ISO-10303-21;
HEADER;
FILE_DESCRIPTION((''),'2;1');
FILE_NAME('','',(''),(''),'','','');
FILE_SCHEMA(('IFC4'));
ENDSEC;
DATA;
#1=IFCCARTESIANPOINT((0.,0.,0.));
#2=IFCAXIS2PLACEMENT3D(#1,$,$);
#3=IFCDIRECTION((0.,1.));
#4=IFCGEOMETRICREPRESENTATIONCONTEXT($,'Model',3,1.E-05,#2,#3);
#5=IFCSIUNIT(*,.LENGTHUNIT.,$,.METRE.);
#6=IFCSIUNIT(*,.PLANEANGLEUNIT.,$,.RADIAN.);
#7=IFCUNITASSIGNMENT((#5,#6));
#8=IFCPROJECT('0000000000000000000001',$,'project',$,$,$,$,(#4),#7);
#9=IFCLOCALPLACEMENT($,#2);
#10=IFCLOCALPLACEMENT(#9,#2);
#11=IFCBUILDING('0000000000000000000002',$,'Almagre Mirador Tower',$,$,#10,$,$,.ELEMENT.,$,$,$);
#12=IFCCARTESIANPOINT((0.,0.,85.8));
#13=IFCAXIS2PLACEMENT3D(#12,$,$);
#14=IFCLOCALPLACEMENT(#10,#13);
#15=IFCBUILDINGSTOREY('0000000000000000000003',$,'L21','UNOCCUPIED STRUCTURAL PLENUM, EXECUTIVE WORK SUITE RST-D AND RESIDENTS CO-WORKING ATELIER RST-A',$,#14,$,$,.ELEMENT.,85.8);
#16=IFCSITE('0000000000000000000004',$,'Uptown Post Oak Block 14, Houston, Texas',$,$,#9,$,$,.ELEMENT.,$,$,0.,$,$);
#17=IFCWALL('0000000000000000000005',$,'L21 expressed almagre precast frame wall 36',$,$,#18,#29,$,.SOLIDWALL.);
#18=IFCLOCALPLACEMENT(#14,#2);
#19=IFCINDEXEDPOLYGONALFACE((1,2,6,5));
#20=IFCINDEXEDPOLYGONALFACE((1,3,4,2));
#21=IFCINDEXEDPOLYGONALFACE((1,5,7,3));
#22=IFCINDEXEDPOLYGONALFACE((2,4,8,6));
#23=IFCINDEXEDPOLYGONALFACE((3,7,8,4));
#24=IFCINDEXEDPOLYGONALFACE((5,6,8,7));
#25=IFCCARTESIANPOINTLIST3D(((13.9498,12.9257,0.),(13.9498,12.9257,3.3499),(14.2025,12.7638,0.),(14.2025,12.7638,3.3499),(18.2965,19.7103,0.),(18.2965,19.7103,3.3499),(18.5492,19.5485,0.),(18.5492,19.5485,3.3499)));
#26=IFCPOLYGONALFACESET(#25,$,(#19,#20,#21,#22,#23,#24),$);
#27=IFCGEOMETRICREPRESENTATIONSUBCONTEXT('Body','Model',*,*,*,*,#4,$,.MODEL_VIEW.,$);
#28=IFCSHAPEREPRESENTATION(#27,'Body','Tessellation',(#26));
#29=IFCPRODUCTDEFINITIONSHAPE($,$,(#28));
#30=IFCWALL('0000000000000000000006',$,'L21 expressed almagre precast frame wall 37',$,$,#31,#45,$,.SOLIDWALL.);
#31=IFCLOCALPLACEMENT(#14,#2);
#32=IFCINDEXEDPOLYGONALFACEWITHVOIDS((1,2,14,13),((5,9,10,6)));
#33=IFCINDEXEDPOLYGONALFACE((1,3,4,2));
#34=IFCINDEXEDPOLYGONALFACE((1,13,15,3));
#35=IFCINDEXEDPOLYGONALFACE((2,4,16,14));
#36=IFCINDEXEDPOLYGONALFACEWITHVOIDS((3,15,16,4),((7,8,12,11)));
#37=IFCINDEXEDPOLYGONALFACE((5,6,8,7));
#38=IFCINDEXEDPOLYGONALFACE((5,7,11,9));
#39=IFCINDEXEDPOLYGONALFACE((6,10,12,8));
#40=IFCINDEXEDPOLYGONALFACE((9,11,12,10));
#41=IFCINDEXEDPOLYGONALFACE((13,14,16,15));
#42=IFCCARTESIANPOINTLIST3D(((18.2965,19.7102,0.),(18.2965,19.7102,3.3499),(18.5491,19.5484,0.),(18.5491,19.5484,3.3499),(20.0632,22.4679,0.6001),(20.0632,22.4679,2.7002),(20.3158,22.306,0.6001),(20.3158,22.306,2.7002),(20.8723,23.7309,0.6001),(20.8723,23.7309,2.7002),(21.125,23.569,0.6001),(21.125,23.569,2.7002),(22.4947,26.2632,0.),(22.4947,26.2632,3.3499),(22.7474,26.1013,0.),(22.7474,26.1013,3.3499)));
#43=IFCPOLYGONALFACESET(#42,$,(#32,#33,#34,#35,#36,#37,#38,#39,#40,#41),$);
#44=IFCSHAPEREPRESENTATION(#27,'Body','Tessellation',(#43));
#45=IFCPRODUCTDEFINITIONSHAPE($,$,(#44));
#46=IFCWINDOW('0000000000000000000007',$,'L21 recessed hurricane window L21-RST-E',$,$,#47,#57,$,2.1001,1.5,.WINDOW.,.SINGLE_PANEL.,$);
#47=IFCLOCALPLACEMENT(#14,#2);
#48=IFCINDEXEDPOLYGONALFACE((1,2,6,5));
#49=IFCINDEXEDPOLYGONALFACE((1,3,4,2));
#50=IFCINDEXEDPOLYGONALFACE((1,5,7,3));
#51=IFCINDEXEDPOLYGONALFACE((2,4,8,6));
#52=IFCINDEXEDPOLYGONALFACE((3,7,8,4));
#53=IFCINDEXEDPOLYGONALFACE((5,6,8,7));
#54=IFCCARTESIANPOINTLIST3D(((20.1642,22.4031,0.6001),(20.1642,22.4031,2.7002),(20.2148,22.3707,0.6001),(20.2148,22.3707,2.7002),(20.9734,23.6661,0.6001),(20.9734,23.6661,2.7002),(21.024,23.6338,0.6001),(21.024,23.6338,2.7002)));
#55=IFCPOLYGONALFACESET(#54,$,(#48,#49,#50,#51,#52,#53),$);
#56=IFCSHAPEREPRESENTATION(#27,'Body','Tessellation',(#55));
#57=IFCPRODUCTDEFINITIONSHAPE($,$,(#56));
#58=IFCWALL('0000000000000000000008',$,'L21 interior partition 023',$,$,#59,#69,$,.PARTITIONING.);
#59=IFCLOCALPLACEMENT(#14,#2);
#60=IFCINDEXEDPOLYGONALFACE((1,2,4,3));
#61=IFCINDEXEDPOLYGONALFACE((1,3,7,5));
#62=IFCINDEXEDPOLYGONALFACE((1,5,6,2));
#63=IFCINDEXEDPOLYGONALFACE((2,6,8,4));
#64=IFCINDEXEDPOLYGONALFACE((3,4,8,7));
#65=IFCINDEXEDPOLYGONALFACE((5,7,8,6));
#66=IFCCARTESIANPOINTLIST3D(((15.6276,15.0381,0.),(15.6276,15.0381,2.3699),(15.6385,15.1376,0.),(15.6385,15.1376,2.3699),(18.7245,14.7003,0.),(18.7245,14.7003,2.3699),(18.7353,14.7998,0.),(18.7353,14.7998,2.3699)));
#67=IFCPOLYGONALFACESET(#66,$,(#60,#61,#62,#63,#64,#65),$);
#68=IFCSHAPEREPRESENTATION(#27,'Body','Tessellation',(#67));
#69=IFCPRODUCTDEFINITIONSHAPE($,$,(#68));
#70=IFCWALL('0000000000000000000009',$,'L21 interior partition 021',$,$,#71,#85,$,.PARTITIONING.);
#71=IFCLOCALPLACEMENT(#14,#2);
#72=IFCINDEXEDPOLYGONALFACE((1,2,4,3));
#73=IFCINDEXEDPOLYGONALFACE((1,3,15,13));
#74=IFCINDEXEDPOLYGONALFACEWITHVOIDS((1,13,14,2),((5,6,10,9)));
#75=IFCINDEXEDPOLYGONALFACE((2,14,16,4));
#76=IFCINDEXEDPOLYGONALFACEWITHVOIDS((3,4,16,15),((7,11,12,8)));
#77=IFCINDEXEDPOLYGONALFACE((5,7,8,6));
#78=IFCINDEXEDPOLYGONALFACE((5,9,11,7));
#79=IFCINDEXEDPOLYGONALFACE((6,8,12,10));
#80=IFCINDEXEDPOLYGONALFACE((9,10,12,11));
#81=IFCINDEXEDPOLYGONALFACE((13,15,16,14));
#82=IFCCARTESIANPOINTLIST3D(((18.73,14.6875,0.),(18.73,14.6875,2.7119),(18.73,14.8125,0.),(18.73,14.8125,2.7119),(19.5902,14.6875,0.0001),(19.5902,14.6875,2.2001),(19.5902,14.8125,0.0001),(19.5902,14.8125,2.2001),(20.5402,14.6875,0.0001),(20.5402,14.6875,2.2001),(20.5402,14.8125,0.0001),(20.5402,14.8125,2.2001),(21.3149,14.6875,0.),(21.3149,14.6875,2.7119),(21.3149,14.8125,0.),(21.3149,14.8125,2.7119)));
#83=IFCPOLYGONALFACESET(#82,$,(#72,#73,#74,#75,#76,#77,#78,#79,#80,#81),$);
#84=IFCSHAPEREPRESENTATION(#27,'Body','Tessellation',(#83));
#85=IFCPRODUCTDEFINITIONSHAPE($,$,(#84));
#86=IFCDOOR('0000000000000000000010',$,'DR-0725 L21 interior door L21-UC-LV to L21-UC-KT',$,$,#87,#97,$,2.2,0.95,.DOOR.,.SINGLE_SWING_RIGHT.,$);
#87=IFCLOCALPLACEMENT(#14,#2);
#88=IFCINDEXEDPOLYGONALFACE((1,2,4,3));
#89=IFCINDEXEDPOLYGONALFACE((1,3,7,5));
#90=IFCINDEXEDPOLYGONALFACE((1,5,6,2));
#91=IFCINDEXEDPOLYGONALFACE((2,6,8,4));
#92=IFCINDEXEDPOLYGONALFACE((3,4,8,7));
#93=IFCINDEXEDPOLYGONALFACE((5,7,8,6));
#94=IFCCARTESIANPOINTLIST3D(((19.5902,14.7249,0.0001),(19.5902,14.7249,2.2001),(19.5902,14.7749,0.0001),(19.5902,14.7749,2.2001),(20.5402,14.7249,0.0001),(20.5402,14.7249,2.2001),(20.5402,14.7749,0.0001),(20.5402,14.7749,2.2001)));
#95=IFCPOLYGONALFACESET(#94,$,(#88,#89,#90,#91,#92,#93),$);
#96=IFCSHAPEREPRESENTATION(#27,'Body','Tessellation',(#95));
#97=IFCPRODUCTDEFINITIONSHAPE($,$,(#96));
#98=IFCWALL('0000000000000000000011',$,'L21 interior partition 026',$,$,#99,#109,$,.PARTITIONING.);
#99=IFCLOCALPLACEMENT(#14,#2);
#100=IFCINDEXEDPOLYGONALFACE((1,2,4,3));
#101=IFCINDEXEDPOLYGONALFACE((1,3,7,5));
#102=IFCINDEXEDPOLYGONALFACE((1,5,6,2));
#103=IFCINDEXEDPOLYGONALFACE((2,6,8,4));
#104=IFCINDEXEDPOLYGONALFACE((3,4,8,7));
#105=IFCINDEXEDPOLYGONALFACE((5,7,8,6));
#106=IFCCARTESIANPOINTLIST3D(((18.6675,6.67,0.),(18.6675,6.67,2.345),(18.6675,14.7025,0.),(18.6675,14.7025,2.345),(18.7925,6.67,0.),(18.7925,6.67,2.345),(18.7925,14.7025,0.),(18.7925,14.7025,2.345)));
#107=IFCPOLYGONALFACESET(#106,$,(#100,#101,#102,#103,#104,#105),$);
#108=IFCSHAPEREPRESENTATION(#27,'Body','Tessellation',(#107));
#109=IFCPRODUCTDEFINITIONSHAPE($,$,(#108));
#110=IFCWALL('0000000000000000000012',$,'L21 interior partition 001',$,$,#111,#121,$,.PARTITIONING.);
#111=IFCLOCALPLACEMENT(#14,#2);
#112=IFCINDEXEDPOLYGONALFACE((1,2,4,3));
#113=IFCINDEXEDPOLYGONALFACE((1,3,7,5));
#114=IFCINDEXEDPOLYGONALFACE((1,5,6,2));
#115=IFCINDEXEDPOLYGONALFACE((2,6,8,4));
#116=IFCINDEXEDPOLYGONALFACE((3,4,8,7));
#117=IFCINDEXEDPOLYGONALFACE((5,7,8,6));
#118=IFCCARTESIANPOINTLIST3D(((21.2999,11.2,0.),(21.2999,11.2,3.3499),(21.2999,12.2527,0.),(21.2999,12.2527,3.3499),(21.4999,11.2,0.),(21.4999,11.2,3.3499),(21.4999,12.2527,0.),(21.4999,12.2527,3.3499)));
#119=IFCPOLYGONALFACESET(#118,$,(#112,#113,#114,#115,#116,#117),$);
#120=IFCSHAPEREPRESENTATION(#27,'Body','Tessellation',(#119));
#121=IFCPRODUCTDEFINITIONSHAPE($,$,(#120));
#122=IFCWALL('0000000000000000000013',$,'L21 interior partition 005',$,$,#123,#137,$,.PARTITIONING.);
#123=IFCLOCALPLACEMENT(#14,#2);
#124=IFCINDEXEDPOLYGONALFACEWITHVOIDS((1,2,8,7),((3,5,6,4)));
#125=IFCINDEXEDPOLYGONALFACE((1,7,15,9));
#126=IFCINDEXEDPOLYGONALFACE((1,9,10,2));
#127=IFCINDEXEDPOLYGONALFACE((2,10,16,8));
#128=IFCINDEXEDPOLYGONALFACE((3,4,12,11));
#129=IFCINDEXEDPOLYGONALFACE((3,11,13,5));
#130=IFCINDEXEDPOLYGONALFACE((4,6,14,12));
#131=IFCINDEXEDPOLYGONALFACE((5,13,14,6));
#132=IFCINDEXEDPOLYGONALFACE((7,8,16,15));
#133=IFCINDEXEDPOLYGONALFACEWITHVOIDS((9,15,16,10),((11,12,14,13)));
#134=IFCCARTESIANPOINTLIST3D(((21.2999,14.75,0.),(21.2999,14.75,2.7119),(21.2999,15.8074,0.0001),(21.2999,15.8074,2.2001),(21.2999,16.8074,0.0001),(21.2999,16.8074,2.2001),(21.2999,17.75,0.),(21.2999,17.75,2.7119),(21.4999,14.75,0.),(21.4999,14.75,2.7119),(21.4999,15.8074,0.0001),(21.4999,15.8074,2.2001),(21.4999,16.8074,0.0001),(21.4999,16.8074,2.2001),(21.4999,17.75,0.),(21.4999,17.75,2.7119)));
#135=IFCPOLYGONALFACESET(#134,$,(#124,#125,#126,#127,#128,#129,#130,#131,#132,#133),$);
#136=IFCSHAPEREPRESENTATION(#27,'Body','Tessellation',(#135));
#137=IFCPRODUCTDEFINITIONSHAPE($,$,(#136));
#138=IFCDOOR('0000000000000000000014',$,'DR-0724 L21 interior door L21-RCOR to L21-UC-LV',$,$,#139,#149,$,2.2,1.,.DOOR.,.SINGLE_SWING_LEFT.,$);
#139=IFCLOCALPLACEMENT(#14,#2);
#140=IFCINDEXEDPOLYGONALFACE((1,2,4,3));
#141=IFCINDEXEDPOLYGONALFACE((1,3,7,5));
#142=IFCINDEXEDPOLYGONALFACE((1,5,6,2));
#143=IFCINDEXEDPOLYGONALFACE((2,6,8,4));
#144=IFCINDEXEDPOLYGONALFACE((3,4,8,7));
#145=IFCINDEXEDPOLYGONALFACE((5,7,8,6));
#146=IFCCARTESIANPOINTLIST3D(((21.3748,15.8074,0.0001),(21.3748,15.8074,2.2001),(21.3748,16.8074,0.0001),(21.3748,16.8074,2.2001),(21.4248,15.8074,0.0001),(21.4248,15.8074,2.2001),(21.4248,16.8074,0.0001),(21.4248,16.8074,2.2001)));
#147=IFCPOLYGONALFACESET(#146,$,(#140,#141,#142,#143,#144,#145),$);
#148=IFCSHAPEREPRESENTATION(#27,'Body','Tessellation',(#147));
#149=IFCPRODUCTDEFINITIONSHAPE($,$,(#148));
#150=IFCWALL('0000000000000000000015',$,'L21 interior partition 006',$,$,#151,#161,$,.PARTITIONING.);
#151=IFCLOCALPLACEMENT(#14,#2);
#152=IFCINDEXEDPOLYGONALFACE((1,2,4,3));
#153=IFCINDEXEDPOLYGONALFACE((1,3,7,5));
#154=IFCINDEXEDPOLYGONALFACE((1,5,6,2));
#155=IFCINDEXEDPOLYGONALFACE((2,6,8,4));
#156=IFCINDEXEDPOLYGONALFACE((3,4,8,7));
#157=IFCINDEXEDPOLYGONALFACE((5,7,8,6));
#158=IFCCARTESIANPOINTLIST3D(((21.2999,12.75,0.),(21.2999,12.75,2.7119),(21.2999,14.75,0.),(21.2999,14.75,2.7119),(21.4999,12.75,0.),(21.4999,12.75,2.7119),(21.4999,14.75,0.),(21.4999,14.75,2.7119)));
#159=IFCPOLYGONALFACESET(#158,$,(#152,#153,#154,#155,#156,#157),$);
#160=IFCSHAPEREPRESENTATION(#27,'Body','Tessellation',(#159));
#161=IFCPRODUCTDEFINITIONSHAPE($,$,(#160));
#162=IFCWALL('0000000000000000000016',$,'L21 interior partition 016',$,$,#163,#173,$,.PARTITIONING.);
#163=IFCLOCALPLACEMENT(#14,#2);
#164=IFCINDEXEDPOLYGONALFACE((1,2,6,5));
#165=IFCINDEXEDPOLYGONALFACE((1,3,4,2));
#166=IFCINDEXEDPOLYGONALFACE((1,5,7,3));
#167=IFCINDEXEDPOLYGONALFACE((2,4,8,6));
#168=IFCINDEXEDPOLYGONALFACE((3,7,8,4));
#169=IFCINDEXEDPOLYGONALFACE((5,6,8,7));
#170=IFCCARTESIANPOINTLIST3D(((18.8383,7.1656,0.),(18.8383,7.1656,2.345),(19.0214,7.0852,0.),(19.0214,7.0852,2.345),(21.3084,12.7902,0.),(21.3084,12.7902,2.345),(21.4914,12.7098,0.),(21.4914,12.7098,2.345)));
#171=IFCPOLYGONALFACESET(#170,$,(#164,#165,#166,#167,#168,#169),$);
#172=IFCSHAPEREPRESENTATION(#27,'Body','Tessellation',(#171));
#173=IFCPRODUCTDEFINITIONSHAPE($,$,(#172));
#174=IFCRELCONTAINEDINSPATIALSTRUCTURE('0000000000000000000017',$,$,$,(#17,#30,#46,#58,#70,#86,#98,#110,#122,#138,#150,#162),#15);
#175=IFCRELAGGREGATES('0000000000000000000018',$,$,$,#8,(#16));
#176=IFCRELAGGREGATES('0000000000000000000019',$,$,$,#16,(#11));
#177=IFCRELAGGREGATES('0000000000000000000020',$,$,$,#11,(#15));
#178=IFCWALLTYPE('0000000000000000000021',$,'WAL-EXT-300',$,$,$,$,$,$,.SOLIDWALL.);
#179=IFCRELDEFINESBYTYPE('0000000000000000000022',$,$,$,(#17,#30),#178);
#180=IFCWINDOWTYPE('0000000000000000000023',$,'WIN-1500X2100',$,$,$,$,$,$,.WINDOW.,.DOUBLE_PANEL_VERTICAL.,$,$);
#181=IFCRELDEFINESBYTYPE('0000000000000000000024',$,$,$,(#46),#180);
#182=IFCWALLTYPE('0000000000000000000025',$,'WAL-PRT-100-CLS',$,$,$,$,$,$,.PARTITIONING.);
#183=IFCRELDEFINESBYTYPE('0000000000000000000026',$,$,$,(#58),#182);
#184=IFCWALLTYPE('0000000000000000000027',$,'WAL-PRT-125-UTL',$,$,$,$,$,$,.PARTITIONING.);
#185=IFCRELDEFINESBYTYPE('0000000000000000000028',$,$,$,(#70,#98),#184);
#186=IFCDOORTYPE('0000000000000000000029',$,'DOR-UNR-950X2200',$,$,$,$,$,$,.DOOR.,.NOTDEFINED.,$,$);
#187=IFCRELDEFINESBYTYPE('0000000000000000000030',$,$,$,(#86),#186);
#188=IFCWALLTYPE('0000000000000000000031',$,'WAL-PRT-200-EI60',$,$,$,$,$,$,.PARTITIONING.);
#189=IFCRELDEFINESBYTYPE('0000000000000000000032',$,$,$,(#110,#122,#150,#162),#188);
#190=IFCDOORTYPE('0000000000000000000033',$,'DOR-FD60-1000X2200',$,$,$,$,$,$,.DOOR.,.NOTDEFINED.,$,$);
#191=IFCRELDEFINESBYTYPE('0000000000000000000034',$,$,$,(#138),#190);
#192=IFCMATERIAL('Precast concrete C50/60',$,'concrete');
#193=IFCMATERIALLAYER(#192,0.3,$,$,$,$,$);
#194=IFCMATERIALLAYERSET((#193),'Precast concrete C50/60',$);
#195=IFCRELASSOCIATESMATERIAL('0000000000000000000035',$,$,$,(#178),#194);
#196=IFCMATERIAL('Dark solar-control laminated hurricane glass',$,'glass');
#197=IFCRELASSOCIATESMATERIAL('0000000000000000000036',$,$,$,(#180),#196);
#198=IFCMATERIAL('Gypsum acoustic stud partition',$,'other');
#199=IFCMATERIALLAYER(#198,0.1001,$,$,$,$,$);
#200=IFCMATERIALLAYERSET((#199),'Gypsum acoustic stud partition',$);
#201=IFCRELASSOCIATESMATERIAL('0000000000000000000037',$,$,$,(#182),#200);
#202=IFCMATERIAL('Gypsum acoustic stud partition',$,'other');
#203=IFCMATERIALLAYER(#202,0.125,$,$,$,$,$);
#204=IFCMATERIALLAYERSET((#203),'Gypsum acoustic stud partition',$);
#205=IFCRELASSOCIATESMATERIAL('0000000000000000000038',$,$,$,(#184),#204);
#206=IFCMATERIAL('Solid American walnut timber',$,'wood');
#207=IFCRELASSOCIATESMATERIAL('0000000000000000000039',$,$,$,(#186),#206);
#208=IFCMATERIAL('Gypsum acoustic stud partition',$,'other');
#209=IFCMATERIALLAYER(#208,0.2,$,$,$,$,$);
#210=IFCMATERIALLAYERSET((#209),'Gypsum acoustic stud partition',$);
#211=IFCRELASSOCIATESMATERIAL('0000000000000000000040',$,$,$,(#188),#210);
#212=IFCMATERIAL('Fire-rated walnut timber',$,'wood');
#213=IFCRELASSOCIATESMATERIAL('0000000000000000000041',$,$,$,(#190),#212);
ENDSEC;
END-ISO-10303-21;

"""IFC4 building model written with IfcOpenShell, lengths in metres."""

from ifc_helpers import new_model, si_unit, direction, frame, frame_2d, origin, place, context, subcontext, project, spatial, rectangle, extrude, material, layer, layer_set, type_object, element, fill, save


model = new_model("IFC4")

# Units and contexts
model_context = context("Model", 3, precision=1e-05, world=origin(), true_north=direction((0.0, 1.0)))
body_context = subcontext(model_context, "Body", "Model", "MODEL_VIEW")
ifc_project = project(units=[si_unit("LENGTHUNIT", "METRE"), si_unit("PLANEANGLEUNIT", "RADIAN")], contexts=[model_context])

# Site, building, storey
site_placement = place(None, origin())
site = spatial("IfcSite", under=ifc_project, at=site_placement, Name="Uptown Post Oak Block 14, Houston, Texas", CompositionType="ELEMENT", RefElevation=0.0)
building_placement = place(site_placement, origin())
building = spatial("IfcBuilding", under=site, at=building_placement, Name="Almagre Mirador Tower", CompositionType="ELEMENT")
storey_placement = place(building_placement, frame((0.0, 0.0, 85.8)))
storey = spatial("IfcBuildingStorey", under=building, at=storey_placement, Name="L21", Description="UNOCCUPIED STRUCTURAL PLENUM, EXECUTIVE WORK SUITE RST-D AND RESIDENTS CO-WORKING ATELIER RST-A", CompositionType="ELEMENT", Elevation=85.8)

# Wall
ifc_material_1 = material(Name="Precast concrete C50/60", Category="concrete")
ifc_layer_1 = layer(ifc_material_1, 0.3)
ifc_layer_set_1 = layer_set([ifc_layer_1], Name="Precast concrete C50/60")
wall_type_1 = type_object("IfcWallType", Name="WAL-EXT-300", PredefinedType="SOLIDWALL", material=ifc_layer_set_1)
wall_1_placement = place(storey_placement, frame((14.0762, 12.8447, 0.0), z_axis=(0.0, 0.0, 1.0), x_axis=(0.539449, 0.842018, 0.0)))
element("IfcWall", 1, at=wall_1_placement, inside=storey, type_object=wall_type_1, Name="L21 expressed almagre precast frame wall 36", PredefinedType="SOLIDWALL", context=body_context, shape_type="SweptSolid", body=[
    extrude(rectangle(XDim=8.0576, YDim=0.3, at=frame_2d((4.0288, 0.0))), origin(), (0.0, 0.0, 1.0), 3.3499),
])

# Wall, opening, window
wall_2_placement = place(storey_placement, frame((18.4229, 19.6294, 0.0), z_axis=(0.0, 0.0, 1.0), x_axis=(0.539449, 0.842018, 0.0)))
wall_2 = element("IfcWall", 2, at=wall_2_placement, inside=storey, type_object=wall_type_1, Name="L21 expressed almagre precast frame wall 37", PredefinedType="SOLIDWALL", context=body_context, shape_type="SweptSolid", body=[
    extrude(rectangle(XDim=7.7825, YDim=0.3, at=frame_2d((3.8911, 0.0))), origin(), (0.0, 0.0, 1.0), 3.3499),
])
opening_1_placement = place(wall_2_placement, frame((3.2749, 0.0, 0.6001)))
opening_1 = element("IfcOpeningElement", 3, at=opening_1_placement, cuts=wall_2, PredefinedType="OPENING", context=body_context, shape_type="SweptSolid", body=[
    extrude(rectangle(XDim=1.5, YDim=2.1001, at=frame_2d((0.75, 1.05))), frame((0.0, 0.1599, 0.0), z_axis=(0.0, -1.0, 0.0), x_axis=(1.0, 0.0, 0.0)), (0.0, 0.0, 1.0), 0.32),
])
ifc_material_2 = material(Name="Dark solar-control laminated hurricane glass", Category="glass")
window_type = type_object("IfcWindowType", Name="WIN-1500X2100", PartitioningType="DOUBLE_PANEL_VERTICAL", PredefinedType="WINDOW", material=ifc_material_2)
window_placement = place(opening_1_placement, origin())
window = element("IfcWindow", 4, at=window_placement, inside=storey, type_object=window_type, Name="L21 recessed hurricane window L21-RST-E", OverallHeight=2.1001, OverallWidth=1.5, PartitioningType="SINGLE_PANEL", PredefinedType="WINDOW", context=body_context, shape_type="SweptSolid", body=[
    extrude(rectangle(XDim=1.5, YDim=2.1001, at=frame_2d((0.75, 1.05))), frame((0.0, 0.03, 0.0), z_axis=(0.0, -1.0, 0.0), x_axis=(1.0, 0.0, 0.0)), (0.0, 0.0, 1.0), 0.0601),
])
fill(opening_1, window)

# Wall
ifc_material_3 = material(Name="Gypsum acoustic stud partition", Category="other")
ifc_layer_2 = layer(ifc_material_3, 0.1001)
ifc_layer_set_2 = layer_set([ifc_layer_2], Name="Gypsum acoustic stud partition")
wall_type_2 = type_object("IfcWallType", Name="WAL-PRT-100-CLS", PredefinedType="PARTITIONING", material=ifc_layer_set_2)
wall_3_placement = place(storey_placement, frame((15.6331, 15.0879, 0.0), z_axis=(0.0, 0.0, 1.0), x_axis=(0.994101, -0.108462, 0.0)))
element("IfcWall", 5, at=wall_3_placement, inside=storey, type_object=wall_type_2, Name="L21 interior partition 023", PredefinedType="PARTITIONING", context=body_context, shape_type="SweptSolid", body=[
    extrude(rectangle(XDim=3.1152, YDim=0.1001, at=frame_2d((1.5576, 0.0))), origin(), (0.0, 0.0, 1.0), 2.3699),
])

# Wall, opening, door
ifc_material_4 = material(Name="Gypsum acoustic stud partition", Category="other")
ifc_layer_3 = layer(ifc_material_4, 0.125)
ifc_layer_set_3 = layer_set([ifc_layer_3], Name="Gypsum acoustic stud partition")
wall_type_3 = type_object("IfcWallType", Name="WAL-PRT-125-UTL", PredefinedType="PARTITIONING", material=ifc_layer_set_3)
wall_4_placement = place(storey_placement, frame((18.73, 14.75, 0.0), z_axis=(0.0, 0.0, 1.0), x_axis=(1.0, 0.0, 0.0)))
wall_4 = element("IfcWall", 6, at=wall_4_placement, inside=storey, type_object=wall_type_3, Name="L21 interior partition 021", PredefinedType="PARTITIONING", context=body_context, shape_type="SweptSolid", body=[
    extrude(rectangle(XDim=2.585, YDim=0.125, at=frame_2d((1.2925, 0.0))), origin(), (0.0, 0.0, 1.0), 2.7119),
])
opening_2_placement = place(wall_4_placement, frame((0.8601, 0.0, 0.0)))
opening_2 = element("IfcOpeningElement", 7, at=opening_2_placement, cuts=wall_4, PredefinedType="OPENING", context=body_context, shape_type="SweptSolid", body=[
    extrude(rectangle(XDim=0.95, YDim=2.2, at=frame_2d((0.4751, 1.1001))), frame((0.0, 0.0725, 0.0), z_axis=(0.0, -1.0, 0.0), x_axis=(1.0, 0.0, 0.0)), (0.0, 0.0, 1.0), 0.145),
])
ifc_material_5 = material(Name="Solid American walnut timber", Category="wood")
door_type_1 = type_object("IfcDoorType", Name="DOR-UNR-950X2200", OperationType="NOTDEFINED", PredefinedType="DOOR", material=ifc_material_5)
door_1_placement = place(opening_2_placement, origin())
door_1 = element("IfcDoor", 8, at=door_1_placement, inside=storey, type_object=door_type_1, Name="DR-0725 L21 interior door L21-UC-LV to L21-UC-KT", OperationType="SINGLE_SWING_RIGHT", OverallHeight=2.2, OverallWidth=0.95, PredefinedType="DOOR", context=body_context, shape_type="SweptSolid", body=[
    extrude(rectangle(XDim=0.95, YDim=2.2, at=frame_2d((0.4751, 1.1001))), frame((0.0, 0.0249, 0.0), z_axis=(0.0, -1.0, 0.0), x_axis=(1.0, 0.0, 0.0)), (0.0, 0.0, 1.0), 0.05),
])
fill(opening_2, door_1)

# Walls
wall_5_placement = place(storey_placement, frame((18.73, 14.7024, 0.0), z_axis=(0.0, 0.0, 1.0), x_axis=(0.0, -1.0, 0.0)))
element("IfcWall", 9, at=wall_5_placement, inside=storey, type_object=wall_type_3, Name="L21 interior partition 026", PredefinedType="PARTITIONING", context=body_context, shape_type="SweptSolid", body=[
    extrude(rectangle(XDim=8.0325, YDim=0.125, at=frame_2d((4.0161, 0.0))), origin(), (0.0, 0.0, 1.0), 2.345),
])
ifc_material_6 = material(Name="Gypsum acoustic stud partition", Category="other")
ifc_layer_4 = layer(ifc_material_6, 0.2)
ifc_layer_set_4 = layer_set([ifc_layer_4], Name="Gypsum acoustic stud partition")
wall_type_4 = type_object("IfcWallType", Name="WAL-PRT-200-EI60", PredefinedType="PARTITIONING", material=ifc_layer_set_4)
wall_6_placement = place(storey_placement, frame((21.3999, 12.2527, 0.0), z_axis=(0.0, 0.0, 1.0), x_axis=(0.0, -1.0, 0.0)))
element("IfcWall", 10, at=wall_6_placement, inside=storey, type_object=wall_type_4, Name="L21 interior partition 001", PredefinedType="PARTITIONING", context=body_context, shape_type="SweptSolid", body=[
    extrude(rectangle(XDim=1.0527, YDim=0.2, at=frame_2d((0.5264, 0.0))), origin(), (0.0, 0.0, 1.0), 3.3499),
])

# Wall, opening, door
wall_7_placement = place(storey_placement, frame((21.3999, 17.75, 0.0), z_axis=(0.0, 0.0, 1.0), x_axis=(0.0, -1.0, 0.0)))
wall_7 = element("IfcWall", 11, at=wall_7_placement, inside=storey, type_object=wall_type_4, Name="L21 interior partition 005", PredefinedType="PARTITIONING", context=body_context, shape_type="SweptSolid", body=[
    extrude(rectangle(XDim=3.0, YDim=0.2, at=frame_2d((1.5, 0.0))), origin(), (0.0, 0.0, 1.0), 2.7119),
])
opening_3_placement = place(wall_7_placement, frame((0.9426, 0.0, 0.0)))
opening_3 = element("IfcOpeningElement", 12, at=opening_3_placement, cuts=wall_7, PredefinedType="OPENING", context=body_context, shape_type="SweptSolid", body=[
    extrude(rectangle(XDim=1.0, YDim=2.2, at=frame_2d((0.5, 1.1001))), frame((0.0, 0.1101, 0.0), z_axis=(0.0, -1.0, 0.0), x_axis=(1.0, 0.0, 0.0)), (0.0, 0.0, 1.0), 0.22),
])
ifc_material_7 = material(Name="Fire-rated walnut timber", Category="wood")
door_type_2 = type_object("IfcDoorType", Name="DOR-FD60-1000X2200", OperationType="NOTDEFINED", PredefinedType="DOOR", material=ifc_material_7)
door_2_placement = place(opening_3_placement, origin())
door_2 = element("IfcDoor", 13, at=door_2_placement, inside=storey, type_object=door_type_2, Name="DR-0724 L21 interior door L21-RCOR to L21-UC-LV", OperationType="SINGLE_SWING_LEFT", OverallHeight=2.2, OverallWidth=1.0, PredefinedType="DOOR", context=body_context, shape_type="SweptSolid", body=[
    extrude(rectangle(XDim=1.0, YDim=2.2, at=frame_2d((0.5, 1.1001))), frame((0.0, 0.0249, 0.0), z_axis=(0.0, -1.0, 0.0), x_axis=(1.0, 0.0, 0.0)), (0.0, 0.0, 1.0), 0.05),
])
fill(opening_3, door_2)

# Walls
wall_8_placement = place(storey_placement, frame((21.3999, 14.75, 0.0), z_axis=(0.0, 0.0, 1.0), x_axis=(0.0, -1.0, 0.0)))
element("IfcWall", 14, at=wall_8_placement, inside=storey, type_object=wall_type_4, Name="L21 interior partition 006", PredefinedType="PARTITIONING", context=body_context, shape_type="SweptSolid", body=[
    extrude(rectangle(XDim=2.0, YDim=0.2, at=frame_2d((1.0, 0.0))), origin(), (0.0, 0.0, 1.0), 2.7119),
])
wall_9_placement = place(storey_placement, frame((21.3999, 12.75, 0.0), z_axis=(0.0, 0.0, 1.0), x_axis=(-0.402082, -0.915604, 0.0)))
element("IfcWall", 15, at=wall_9_placement, inside=storey, type_object=wall_type_4, Name="L21 interior partition 016", PredefinedType="PARTITIONING", context=body_context, shape_type="SweptSolid", body=[
    extrude(rectangle(XDim=6.1431, YDim=0.2, at=frame_2d((3.0715, 0.0))), origin(), (0.0, 0.0, 1.0), 2.345),
])

save(model, "model.ifc")
